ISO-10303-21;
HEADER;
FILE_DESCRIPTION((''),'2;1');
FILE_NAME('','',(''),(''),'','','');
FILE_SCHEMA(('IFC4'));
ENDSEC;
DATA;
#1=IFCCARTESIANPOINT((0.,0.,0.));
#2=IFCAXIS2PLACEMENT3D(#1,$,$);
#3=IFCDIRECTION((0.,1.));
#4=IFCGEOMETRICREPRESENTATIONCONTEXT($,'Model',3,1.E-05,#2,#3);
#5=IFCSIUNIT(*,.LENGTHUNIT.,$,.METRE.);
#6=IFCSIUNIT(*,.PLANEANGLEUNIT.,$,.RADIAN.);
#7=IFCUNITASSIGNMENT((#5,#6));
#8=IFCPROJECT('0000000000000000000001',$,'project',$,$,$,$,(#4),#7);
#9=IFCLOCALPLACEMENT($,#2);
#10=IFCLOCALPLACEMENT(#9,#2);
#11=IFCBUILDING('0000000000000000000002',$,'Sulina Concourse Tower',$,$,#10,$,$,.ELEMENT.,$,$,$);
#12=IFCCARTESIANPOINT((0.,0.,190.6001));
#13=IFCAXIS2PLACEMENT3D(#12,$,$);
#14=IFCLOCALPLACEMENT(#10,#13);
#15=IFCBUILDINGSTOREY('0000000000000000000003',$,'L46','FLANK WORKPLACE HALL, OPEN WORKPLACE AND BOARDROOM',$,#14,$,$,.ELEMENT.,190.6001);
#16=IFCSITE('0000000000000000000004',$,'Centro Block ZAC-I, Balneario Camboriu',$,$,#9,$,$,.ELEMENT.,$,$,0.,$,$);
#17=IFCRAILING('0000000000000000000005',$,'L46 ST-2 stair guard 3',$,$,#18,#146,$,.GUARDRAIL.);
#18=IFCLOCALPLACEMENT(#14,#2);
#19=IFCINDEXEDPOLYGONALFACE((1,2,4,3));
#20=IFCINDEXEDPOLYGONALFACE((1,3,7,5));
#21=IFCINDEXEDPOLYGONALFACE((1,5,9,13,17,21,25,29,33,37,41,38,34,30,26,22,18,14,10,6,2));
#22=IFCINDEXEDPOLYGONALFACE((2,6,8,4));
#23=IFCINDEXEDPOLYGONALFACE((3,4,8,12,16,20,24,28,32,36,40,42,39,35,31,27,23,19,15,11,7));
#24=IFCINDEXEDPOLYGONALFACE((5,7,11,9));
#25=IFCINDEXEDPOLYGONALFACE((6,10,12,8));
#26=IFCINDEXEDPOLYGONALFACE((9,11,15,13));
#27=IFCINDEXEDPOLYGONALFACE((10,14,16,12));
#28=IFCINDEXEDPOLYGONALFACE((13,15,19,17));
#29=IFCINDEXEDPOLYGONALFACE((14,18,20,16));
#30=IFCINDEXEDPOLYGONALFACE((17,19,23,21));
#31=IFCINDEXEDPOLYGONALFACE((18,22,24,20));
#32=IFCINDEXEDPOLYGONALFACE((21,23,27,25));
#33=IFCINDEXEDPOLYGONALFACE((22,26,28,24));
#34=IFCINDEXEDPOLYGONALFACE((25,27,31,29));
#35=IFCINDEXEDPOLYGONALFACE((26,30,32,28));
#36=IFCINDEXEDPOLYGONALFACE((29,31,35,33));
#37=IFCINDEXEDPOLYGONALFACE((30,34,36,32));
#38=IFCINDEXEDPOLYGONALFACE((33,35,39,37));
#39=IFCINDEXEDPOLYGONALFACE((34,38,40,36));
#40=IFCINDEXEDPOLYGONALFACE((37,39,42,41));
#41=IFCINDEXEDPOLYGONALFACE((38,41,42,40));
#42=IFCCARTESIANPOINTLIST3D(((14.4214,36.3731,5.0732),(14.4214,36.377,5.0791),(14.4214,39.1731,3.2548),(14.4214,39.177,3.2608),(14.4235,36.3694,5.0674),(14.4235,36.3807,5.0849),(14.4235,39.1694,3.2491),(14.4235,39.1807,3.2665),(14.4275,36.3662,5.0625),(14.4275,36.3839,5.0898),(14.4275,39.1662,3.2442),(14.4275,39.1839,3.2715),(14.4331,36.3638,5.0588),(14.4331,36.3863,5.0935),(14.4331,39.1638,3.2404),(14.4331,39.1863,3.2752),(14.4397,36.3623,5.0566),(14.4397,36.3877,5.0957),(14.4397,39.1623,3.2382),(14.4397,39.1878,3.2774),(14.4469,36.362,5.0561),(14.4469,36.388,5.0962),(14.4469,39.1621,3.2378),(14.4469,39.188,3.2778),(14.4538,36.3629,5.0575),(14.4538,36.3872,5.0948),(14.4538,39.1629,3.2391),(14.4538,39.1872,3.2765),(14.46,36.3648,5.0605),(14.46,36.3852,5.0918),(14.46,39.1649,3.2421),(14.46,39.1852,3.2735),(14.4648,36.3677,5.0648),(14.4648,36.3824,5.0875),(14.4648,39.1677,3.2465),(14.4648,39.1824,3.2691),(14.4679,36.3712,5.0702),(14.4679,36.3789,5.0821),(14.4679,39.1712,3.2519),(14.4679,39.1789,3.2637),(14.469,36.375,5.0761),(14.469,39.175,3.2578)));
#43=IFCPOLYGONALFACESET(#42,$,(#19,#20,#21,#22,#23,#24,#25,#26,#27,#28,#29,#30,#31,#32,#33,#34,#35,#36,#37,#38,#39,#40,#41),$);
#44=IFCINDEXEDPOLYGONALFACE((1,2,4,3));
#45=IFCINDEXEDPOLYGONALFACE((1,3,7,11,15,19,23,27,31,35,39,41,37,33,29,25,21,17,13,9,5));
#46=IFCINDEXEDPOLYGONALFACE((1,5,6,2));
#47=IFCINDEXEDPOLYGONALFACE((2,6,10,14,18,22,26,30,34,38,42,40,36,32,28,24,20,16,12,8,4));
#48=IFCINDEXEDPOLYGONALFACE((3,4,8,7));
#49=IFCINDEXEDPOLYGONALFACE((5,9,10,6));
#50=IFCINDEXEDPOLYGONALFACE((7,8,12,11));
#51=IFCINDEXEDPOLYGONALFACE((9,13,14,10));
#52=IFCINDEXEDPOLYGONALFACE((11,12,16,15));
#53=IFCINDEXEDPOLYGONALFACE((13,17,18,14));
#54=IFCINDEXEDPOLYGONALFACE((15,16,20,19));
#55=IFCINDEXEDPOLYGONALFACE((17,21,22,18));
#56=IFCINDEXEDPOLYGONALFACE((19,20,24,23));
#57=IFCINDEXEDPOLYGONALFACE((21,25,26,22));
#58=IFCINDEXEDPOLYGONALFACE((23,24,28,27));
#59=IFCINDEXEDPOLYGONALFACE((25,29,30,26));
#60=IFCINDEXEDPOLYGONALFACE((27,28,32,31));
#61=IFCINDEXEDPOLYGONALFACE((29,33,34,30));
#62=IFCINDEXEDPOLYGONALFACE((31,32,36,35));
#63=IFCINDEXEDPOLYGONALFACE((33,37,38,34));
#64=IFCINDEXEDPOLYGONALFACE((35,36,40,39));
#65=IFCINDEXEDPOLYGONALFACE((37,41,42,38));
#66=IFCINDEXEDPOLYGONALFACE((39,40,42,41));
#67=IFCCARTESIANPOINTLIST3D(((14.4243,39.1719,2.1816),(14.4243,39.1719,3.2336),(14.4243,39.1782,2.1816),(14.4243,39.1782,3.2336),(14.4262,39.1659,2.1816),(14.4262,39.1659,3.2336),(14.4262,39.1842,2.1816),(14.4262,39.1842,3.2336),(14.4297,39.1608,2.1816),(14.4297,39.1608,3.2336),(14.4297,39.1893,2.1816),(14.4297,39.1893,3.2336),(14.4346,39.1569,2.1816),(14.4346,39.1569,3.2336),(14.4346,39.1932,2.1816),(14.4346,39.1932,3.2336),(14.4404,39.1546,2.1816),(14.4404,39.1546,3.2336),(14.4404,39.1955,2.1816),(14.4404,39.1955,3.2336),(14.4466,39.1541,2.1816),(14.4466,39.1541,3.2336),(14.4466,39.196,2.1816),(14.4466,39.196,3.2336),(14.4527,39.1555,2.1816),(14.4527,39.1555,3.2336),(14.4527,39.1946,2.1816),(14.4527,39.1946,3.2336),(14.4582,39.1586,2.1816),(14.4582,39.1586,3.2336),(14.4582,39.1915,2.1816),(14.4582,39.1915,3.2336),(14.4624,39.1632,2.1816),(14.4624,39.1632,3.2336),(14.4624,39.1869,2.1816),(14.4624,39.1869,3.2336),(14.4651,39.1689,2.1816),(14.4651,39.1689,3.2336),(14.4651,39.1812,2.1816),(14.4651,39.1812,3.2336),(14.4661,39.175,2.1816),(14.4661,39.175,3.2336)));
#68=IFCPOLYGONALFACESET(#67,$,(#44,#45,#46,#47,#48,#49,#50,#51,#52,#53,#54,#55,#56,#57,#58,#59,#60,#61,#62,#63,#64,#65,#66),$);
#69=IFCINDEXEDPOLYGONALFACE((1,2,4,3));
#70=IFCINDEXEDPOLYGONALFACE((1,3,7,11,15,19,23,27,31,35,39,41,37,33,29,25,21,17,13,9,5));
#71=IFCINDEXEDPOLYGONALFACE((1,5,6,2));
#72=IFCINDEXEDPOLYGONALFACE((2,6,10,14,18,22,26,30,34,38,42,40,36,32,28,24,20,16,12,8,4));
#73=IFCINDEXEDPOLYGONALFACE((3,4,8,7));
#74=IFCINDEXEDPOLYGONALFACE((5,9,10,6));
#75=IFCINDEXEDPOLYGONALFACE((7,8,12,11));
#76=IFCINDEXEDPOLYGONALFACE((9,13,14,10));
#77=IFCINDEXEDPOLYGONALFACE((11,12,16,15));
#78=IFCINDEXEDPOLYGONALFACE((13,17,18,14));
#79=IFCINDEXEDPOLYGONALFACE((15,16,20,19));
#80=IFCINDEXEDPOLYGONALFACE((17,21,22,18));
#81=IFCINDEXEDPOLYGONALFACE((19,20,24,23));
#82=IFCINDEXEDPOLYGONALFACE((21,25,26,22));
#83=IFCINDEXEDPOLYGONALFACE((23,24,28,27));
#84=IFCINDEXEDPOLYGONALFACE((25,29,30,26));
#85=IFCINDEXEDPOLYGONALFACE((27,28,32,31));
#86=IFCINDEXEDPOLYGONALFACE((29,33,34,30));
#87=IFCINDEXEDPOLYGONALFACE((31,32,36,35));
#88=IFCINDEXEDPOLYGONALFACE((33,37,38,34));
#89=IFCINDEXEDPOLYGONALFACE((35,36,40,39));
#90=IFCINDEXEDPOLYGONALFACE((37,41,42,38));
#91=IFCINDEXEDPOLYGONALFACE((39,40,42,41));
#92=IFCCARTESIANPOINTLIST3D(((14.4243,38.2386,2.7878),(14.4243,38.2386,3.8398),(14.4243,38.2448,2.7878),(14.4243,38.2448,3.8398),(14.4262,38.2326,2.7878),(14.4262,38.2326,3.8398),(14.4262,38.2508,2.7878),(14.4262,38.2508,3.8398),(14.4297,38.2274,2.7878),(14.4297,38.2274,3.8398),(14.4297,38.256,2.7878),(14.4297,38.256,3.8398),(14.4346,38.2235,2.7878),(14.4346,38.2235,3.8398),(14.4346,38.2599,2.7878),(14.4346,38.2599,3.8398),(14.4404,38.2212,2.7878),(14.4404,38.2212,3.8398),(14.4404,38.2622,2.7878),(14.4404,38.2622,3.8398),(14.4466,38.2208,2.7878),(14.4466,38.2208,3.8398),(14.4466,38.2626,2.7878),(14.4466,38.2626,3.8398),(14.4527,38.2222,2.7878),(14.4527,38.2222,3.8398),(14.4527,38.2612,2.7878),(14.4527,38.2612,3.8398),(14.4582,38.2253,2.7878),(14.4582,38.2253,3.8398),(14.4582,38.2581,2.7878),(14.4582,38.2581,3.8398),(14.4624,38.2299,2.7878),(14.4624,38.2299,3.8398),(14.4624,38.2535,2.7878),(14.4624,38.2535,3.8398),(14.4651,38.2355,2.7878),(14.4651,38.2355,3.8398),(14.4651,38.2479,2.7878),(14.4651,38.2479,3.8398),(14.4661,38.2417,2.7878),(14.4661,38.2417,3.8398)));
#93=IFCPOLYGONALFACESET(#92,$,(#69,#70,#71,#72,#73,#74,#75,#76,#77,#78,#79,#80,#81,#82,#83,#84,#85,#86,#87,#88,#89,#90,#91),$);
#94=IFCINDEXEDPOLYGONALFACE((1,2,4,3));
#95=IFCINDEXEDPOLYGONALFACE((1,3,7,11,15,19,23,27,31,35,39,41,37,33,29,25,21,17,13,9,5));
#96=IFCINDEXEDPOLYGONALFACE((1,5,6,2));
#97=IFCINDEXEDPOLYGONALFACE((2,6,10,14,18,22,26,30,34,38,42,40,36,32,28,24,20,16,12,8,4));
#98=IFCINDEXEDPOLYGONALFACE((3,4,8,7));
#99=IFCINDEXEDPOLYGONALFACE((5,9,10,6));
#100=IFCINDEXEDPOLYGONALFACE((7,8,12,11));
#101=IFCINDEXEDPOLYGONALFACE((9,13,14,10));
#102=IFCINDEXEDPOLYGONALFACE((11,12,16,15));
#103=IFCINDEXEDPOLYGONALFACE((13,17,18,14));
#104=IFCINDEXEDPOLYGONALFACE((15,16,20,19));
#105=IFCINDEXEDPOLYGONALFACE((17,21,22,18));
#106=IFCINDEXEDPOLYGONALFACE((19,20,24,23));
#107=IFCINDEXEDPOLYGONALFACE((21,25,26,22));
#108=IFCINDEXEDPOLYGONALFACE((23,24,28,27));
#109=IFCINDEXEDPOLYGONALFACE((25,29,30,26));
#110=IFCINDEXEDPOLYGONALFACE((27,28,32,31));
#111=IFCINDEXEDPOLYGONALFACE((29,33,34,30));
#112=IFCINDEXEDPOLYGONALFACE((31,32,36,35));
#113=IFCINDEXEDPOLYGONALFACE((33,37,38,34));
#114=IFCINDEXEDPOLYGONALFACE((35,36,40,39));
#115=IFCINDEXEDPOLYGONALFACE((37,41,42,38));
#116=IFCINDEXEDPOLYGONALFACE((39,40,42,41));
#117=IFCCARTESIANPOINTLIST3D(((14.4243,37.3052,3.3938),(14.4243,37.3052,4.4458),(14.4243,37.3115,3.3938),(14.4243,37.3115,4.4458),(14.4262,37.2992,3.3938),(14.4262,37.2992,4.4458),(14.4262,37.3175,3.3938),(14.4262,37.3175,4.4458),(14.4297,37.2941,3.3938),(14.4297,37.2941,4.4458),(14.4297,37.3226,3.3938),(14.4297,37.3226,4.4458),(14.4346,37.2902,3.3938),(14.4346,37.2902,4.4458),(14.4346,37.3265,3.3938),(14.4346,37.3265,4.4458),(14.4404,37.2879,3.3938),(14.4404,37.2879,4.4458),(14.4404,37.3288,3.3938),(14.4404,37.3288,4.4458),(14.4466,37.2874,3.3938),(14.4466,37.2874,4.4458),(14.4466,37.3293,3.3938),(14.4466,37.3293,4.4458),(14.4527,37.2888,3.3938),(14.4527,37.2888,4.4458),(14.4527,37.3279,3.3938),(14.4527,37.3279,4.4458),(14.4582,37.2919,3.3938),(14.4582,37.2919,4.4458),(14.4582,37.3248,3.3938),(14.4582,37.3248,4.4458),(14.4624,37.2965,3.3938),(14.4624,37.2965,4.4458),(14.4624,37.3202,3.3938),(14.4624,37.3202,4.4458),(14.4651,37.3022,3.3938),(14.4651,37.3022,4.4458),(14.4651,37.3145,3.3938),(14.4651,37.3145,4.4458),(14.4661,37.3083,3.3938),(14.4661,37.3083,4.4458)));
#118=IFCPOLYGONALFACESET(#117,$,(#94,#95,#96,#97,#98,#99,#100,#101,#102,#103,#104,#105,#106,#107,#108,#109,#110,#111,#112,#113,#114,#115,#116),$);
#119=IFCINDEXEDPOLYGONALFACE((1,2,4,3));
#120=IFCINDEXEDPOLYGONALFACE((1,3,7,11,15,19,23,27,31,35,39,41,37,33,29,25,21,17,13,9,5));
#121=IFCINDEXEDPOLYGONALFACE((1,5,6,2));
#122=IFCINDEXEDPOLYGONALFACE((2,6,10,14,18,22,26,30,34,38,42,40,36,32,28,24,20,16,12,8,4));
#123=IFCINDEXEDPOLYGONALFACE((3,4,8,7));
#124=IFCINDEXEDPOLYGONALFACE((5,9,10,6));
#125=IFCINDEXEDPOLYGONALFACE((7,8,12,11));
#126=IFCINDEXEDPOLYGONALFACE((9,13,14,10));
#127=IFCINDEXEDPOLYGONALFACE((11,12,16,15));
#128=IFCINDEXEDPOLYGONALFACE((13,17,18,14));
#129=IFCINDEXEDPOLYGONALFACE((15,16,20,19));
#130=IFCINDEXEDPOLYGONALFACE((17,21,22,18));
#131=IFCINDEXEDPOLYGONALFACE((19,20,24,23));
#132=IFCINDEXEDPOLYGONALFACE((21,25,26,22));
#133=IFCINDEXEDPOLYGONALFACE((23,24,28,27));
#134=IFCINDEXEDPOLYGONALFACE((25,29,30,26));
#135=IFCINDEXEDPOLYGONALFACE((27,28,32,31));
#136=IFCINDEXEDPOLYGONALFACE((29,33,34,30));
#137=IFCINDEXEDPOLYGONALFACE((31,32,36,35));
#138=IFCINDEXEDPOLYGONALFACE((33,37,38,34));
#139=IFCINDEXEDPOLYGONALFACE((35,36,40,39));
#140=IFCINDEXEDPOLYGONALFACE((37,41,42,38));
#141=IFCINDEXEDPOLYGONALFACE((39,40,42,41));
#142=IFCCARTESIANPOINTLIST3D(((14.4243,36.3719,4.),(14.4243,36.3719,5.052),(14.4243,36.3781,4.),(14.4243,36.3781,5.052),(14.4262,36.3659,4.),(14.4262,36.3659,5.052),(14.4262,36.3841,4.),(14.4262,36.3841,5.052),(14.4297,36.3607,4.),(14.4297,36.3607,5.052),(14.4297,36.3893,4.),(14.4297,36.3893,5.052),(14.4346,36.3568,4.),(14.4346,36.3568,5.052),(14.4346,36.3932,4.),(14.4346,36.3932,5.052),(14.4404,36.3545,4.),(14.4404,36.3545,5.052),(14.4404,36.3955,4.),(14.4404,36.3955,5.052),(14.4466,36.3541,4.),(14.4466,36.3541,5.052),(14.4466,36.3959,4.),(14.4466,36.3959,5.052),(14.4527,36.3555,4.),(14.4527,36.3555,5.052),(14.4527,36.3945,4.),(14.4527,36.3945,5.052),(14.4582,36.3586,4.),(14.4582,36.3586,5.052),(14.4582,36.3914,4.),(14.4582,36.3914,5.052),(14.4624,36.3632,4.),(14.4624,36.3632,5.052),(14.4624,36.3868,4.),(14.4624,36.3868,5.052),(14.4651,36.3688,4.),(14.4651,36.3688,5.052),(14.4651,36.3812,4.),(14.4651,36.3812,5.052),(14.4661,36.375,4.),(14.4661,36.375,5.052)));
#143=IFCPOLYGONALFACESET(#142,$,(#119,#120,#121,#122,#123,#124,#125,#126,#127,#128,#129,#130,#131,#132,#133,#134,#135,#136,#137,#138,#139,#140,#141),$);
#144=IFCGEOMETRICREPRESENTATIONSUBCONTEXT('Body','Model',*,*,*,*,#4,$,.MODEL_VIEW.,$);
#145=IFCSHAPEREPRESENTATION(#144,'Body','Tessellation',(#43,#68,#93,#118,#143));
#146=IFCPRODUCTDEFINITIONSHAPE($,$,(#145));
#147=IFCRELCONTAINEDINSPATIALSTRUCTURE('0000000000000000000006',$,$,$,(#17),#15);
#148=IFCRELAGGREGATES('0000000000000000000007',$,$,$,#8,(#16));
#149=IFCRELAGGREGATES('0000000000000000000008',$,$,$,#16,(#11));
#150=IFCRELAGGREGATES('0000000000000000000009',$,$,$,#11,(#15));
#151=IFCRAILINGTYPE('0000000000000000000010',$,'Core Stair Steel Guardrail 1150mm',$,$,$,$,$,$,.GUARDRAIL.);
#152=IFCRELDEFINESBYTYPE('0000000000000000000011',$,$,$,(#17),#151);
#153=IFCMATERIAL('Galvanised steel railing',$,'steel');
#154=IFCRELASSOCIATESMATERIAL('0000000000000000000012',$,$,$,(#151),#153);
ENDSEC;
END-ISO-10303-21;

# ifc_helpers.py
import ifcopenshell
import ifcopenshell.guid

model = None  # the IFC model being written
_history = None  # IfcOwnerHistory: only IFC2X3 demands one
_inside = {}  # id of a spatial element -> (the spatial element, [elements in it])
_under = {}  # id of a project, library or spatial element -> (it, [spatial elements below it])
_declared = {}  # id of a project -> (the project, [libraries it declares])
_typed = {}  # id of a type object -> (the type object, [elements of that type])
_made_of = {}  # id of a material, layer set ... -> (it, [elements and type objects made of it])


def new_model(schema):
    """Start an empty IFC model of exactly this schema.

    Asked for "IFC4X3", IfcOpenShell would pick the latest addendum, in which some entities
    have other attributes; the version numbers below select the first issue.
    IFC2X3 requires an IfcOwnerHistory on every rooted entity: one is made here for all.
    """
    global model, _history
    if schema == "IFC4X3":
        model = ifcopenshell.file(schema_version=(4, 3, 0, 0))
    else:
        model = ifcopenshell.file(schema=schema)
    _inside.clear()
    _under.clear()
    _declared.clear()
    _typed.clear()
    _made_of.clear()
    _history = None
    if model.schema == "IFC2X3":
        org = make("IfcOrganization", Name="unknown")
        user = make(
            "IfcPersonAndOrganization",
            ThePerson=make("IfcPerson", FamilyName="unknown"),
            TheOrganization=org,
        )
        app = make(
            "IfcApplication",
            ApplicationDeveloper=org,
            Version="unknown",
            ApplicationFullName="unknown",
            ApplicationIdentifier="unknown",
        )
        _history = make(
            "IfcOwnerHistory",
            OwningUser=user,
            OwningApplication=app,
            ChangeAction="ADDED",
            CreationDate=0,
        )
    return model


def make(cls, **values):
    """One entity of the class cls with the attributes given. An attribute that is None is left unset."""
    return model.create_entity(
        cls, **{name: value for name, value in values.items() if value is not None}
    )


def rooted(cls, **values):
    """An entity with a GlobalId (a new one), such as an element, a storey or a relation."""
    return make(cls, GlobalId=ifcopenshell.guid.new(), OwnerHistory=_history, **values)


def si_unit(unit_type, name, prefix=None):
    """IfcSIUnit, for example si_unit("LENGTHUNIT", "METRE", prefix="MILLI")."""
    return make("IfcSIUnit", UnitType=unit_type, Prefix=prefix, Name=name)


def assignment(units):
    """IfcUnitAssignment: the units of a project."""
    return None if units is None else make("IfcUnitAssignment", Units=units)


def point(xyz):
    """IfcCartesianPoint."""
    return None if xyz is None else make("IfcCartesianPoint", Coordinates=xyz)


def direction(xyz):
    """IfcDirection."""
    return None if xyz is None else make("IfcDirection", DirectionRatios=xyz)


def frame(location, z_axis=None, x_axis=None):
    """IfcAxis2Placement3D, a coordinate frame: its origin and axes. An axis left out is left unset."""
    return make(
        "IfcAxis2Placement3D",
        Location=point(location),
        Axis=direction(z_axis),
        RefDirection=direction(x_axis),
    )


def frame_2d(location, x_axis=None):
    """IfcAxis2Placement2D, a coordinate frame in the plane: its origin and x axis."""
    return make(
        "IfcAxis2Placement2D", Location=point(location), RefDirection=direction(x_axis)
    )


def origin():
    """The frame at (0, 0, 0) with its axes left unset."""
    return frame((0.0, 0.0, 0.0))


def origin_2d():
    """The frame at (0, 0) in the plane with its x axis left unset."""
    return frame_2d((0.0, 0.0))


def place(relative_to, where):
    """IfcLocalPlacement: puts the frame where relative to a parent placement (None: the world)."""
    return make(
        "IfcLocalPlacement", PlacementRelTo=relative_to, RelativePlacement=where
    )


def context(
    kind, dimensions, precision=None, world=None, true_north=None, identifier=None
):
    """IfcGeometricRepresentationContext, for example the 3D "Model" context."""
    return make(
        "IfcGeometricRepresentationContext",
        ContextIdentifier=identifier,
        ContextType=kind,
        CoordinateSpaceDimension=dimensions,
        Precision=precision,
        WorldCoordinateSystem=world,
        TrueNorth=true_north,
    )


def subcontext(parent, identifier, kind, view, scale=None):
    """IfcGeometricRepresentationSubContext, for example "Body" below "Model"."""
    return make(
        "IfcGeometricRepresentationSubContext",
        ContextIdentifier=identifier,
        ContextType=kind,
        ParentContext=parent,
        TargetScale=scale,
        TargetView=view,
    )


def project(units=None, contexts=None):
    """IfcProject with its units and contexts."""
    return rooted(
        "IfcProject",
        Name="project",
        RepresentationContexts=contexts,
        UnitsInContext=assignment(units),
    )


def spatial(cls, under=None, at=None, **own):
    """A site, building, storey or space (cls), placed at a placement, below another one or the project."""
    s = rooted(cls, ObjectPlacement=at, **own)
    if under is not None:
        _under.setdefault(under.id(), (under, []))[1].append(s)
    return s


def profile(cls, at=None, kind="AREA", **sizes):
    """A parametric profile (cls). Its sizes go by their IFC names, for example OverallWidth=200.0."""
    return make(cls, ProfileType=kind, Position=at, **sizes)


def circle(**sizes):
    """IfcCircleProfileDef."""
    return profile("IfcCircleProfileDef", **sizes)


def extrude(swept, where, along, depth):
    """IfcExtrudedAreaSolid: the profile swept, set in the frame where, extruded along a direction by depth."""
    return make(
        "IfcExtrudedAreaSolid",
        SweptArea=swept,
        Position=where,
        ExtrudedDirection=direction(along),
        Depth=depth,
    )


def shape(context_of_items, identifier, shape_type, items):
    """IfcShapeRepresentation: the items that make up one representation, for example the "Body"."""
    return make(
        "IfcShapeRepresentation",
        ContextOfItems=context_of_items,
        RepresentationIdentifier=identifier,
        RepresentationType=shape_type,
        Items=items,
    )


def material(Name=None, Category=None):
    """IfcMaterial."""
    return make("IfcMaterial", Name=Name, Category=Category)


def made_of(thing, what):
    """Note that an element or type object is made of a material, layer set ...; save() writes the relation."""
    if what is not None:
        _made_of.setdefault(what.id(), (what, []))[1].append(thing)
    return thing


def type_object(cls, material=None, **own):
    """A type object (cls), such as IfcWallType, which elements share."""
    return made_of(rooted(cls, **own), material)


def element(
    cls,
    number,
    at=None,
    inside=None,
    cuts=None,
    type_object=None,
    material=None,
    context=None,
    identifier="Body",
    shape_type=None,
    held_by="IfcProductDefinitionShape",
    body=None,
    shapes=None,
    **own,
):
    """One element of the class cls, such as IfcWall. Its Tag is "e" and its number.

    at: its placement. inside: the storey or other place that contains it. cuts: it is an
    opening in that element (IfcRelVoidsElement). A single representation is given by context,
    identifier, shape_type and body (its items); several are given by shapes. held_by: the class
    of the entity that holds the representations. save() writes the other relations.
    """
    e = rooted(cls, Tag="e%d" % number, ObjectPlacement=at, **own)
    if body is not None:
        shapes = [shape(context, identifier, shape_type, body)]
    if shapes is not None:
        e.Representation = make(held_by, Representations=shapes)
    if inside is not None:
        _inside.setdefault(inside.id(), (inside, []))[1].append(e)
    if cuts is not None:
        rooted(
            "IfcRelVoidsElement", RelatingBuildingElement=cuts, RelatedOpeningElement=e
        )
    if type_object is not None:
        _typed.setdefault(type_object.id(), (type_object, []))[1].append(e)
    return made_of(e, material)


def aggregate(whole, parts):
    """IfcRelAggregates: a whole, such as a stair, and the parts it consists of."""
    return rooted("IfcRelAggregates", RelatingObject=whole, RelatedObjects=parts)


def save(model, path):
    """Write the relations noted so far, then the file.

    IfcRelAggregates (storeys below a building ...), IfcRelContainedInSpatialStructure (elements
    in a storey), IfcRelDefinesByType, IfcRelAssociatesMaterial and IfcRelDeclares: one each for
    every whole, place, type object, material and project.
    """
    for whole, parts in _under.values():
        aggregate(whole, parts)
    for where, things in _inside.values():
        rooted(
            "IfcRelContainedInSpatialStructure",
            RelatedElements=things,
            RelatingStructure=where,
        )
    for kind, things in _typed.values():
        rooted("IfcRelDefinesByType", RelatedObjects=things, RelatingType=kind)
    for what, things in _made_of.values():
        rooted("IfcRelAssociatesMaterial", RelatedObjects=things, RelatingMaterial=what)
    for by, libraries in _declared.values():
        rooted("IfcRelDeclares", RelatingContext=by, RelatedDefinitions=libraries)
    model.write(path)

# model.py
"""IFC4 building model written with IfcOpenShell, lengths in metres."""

from ifc_helpers import new_model, si_unit, direction, frame, origin, origin_2d, place, context, subcontext, project, spatial, circle, extrude, material, type_object, element, save


model = new_model("IFC4")

# Units and contexts
model_context = context("Model", 3, precision=1e-05, world=origin(), true_north=direction((0.0, 1.0)))
body_context = subcontext(model_context, "Body", "Model", "MODEL_VIEW")
ifc_project = project(units=[si_unit("LENGTHUNIT", "METRE"), si_unit("PLANEANGLEUNIT", "RADIAN")], contexts=[model_context])

# Site, building, storey
site_placement = place(None, origin())
site = spatial("IfcSite", under=ifc_project, at=site_placement, Name="Centro Block ZAC-I, Balneario Camboriu", CompositionType="ELEMENT", RefElevation=0.0)
building_placement = place(site_placement, origin())
building = spatial("IfcBuilding", under=site, at=building_placement, Name="Sulina Concourse Tower", CompositionType="ELEMENT")
storey_placement = place(building_placement, frame((0.0, 0.0, 190.6001)))
storey = spatial("IfcBuildingStorey", under=building, at=storey_placement, Name="L46", Description="FLANK WORKPLACE HALL, OPEN WORKPLACE AND BOARDROOM", CompositionType="ELEMENT", Elevation=190.6001)

# Railing
ifc_material_1 = material(Name="Galvanised steel railing", Category="steel")
railing_type_1 = type_object("IfcRailingType", Name="Core Stair Steel Guardrail 1150mm", PredefinedType="GUARDRAIL", material=ifc_material_1)
railing_1_placement = place(storey_placement, frame((14.4451, 39.175, 2.1816)))
element("IfcRailing", 1, at=railing_1_placement, inside=storey, type_object=railing_type_1, Name="L46 ST-2 stair guard 3", PredefinedType="GUARDRAIL", context=body_context, shape_type="SweptSolid", body=[
    extrude(circle(Radius=0.0239, at=origin_2d()), frame((0.0, 0.0, 1.0762), z_axis=(0.0, -0.838672, 0.544636), x_axis=(1.0, 0.0, 0.0)), (0.0, 0.0, 1.0), 3.3386),
    extrude(circle(Radius=0.021, at=origin_2d()), origin(), (0.0, 0.0, 1.0), 1.052),
    extrude(circle(Radius=0.021, at=origin_2d()), frame((0.0, -0.9333, 0.6062)), (0.0, 0.0, 1.0), 1.052),
    extrude(circle(Radius=0.021, at=origin_2d()), frame((0.0, -1.8667, 1.2122)), (0.0, 0.0, 1.0), 1.052),
    extrude(circle(Radius=0.021, at=origin_2d()), frame((0.0, -2.8, 1.8184)), (0.0, 0.0, 1.0), 1.052),
])

save(model, "model.ifc")
